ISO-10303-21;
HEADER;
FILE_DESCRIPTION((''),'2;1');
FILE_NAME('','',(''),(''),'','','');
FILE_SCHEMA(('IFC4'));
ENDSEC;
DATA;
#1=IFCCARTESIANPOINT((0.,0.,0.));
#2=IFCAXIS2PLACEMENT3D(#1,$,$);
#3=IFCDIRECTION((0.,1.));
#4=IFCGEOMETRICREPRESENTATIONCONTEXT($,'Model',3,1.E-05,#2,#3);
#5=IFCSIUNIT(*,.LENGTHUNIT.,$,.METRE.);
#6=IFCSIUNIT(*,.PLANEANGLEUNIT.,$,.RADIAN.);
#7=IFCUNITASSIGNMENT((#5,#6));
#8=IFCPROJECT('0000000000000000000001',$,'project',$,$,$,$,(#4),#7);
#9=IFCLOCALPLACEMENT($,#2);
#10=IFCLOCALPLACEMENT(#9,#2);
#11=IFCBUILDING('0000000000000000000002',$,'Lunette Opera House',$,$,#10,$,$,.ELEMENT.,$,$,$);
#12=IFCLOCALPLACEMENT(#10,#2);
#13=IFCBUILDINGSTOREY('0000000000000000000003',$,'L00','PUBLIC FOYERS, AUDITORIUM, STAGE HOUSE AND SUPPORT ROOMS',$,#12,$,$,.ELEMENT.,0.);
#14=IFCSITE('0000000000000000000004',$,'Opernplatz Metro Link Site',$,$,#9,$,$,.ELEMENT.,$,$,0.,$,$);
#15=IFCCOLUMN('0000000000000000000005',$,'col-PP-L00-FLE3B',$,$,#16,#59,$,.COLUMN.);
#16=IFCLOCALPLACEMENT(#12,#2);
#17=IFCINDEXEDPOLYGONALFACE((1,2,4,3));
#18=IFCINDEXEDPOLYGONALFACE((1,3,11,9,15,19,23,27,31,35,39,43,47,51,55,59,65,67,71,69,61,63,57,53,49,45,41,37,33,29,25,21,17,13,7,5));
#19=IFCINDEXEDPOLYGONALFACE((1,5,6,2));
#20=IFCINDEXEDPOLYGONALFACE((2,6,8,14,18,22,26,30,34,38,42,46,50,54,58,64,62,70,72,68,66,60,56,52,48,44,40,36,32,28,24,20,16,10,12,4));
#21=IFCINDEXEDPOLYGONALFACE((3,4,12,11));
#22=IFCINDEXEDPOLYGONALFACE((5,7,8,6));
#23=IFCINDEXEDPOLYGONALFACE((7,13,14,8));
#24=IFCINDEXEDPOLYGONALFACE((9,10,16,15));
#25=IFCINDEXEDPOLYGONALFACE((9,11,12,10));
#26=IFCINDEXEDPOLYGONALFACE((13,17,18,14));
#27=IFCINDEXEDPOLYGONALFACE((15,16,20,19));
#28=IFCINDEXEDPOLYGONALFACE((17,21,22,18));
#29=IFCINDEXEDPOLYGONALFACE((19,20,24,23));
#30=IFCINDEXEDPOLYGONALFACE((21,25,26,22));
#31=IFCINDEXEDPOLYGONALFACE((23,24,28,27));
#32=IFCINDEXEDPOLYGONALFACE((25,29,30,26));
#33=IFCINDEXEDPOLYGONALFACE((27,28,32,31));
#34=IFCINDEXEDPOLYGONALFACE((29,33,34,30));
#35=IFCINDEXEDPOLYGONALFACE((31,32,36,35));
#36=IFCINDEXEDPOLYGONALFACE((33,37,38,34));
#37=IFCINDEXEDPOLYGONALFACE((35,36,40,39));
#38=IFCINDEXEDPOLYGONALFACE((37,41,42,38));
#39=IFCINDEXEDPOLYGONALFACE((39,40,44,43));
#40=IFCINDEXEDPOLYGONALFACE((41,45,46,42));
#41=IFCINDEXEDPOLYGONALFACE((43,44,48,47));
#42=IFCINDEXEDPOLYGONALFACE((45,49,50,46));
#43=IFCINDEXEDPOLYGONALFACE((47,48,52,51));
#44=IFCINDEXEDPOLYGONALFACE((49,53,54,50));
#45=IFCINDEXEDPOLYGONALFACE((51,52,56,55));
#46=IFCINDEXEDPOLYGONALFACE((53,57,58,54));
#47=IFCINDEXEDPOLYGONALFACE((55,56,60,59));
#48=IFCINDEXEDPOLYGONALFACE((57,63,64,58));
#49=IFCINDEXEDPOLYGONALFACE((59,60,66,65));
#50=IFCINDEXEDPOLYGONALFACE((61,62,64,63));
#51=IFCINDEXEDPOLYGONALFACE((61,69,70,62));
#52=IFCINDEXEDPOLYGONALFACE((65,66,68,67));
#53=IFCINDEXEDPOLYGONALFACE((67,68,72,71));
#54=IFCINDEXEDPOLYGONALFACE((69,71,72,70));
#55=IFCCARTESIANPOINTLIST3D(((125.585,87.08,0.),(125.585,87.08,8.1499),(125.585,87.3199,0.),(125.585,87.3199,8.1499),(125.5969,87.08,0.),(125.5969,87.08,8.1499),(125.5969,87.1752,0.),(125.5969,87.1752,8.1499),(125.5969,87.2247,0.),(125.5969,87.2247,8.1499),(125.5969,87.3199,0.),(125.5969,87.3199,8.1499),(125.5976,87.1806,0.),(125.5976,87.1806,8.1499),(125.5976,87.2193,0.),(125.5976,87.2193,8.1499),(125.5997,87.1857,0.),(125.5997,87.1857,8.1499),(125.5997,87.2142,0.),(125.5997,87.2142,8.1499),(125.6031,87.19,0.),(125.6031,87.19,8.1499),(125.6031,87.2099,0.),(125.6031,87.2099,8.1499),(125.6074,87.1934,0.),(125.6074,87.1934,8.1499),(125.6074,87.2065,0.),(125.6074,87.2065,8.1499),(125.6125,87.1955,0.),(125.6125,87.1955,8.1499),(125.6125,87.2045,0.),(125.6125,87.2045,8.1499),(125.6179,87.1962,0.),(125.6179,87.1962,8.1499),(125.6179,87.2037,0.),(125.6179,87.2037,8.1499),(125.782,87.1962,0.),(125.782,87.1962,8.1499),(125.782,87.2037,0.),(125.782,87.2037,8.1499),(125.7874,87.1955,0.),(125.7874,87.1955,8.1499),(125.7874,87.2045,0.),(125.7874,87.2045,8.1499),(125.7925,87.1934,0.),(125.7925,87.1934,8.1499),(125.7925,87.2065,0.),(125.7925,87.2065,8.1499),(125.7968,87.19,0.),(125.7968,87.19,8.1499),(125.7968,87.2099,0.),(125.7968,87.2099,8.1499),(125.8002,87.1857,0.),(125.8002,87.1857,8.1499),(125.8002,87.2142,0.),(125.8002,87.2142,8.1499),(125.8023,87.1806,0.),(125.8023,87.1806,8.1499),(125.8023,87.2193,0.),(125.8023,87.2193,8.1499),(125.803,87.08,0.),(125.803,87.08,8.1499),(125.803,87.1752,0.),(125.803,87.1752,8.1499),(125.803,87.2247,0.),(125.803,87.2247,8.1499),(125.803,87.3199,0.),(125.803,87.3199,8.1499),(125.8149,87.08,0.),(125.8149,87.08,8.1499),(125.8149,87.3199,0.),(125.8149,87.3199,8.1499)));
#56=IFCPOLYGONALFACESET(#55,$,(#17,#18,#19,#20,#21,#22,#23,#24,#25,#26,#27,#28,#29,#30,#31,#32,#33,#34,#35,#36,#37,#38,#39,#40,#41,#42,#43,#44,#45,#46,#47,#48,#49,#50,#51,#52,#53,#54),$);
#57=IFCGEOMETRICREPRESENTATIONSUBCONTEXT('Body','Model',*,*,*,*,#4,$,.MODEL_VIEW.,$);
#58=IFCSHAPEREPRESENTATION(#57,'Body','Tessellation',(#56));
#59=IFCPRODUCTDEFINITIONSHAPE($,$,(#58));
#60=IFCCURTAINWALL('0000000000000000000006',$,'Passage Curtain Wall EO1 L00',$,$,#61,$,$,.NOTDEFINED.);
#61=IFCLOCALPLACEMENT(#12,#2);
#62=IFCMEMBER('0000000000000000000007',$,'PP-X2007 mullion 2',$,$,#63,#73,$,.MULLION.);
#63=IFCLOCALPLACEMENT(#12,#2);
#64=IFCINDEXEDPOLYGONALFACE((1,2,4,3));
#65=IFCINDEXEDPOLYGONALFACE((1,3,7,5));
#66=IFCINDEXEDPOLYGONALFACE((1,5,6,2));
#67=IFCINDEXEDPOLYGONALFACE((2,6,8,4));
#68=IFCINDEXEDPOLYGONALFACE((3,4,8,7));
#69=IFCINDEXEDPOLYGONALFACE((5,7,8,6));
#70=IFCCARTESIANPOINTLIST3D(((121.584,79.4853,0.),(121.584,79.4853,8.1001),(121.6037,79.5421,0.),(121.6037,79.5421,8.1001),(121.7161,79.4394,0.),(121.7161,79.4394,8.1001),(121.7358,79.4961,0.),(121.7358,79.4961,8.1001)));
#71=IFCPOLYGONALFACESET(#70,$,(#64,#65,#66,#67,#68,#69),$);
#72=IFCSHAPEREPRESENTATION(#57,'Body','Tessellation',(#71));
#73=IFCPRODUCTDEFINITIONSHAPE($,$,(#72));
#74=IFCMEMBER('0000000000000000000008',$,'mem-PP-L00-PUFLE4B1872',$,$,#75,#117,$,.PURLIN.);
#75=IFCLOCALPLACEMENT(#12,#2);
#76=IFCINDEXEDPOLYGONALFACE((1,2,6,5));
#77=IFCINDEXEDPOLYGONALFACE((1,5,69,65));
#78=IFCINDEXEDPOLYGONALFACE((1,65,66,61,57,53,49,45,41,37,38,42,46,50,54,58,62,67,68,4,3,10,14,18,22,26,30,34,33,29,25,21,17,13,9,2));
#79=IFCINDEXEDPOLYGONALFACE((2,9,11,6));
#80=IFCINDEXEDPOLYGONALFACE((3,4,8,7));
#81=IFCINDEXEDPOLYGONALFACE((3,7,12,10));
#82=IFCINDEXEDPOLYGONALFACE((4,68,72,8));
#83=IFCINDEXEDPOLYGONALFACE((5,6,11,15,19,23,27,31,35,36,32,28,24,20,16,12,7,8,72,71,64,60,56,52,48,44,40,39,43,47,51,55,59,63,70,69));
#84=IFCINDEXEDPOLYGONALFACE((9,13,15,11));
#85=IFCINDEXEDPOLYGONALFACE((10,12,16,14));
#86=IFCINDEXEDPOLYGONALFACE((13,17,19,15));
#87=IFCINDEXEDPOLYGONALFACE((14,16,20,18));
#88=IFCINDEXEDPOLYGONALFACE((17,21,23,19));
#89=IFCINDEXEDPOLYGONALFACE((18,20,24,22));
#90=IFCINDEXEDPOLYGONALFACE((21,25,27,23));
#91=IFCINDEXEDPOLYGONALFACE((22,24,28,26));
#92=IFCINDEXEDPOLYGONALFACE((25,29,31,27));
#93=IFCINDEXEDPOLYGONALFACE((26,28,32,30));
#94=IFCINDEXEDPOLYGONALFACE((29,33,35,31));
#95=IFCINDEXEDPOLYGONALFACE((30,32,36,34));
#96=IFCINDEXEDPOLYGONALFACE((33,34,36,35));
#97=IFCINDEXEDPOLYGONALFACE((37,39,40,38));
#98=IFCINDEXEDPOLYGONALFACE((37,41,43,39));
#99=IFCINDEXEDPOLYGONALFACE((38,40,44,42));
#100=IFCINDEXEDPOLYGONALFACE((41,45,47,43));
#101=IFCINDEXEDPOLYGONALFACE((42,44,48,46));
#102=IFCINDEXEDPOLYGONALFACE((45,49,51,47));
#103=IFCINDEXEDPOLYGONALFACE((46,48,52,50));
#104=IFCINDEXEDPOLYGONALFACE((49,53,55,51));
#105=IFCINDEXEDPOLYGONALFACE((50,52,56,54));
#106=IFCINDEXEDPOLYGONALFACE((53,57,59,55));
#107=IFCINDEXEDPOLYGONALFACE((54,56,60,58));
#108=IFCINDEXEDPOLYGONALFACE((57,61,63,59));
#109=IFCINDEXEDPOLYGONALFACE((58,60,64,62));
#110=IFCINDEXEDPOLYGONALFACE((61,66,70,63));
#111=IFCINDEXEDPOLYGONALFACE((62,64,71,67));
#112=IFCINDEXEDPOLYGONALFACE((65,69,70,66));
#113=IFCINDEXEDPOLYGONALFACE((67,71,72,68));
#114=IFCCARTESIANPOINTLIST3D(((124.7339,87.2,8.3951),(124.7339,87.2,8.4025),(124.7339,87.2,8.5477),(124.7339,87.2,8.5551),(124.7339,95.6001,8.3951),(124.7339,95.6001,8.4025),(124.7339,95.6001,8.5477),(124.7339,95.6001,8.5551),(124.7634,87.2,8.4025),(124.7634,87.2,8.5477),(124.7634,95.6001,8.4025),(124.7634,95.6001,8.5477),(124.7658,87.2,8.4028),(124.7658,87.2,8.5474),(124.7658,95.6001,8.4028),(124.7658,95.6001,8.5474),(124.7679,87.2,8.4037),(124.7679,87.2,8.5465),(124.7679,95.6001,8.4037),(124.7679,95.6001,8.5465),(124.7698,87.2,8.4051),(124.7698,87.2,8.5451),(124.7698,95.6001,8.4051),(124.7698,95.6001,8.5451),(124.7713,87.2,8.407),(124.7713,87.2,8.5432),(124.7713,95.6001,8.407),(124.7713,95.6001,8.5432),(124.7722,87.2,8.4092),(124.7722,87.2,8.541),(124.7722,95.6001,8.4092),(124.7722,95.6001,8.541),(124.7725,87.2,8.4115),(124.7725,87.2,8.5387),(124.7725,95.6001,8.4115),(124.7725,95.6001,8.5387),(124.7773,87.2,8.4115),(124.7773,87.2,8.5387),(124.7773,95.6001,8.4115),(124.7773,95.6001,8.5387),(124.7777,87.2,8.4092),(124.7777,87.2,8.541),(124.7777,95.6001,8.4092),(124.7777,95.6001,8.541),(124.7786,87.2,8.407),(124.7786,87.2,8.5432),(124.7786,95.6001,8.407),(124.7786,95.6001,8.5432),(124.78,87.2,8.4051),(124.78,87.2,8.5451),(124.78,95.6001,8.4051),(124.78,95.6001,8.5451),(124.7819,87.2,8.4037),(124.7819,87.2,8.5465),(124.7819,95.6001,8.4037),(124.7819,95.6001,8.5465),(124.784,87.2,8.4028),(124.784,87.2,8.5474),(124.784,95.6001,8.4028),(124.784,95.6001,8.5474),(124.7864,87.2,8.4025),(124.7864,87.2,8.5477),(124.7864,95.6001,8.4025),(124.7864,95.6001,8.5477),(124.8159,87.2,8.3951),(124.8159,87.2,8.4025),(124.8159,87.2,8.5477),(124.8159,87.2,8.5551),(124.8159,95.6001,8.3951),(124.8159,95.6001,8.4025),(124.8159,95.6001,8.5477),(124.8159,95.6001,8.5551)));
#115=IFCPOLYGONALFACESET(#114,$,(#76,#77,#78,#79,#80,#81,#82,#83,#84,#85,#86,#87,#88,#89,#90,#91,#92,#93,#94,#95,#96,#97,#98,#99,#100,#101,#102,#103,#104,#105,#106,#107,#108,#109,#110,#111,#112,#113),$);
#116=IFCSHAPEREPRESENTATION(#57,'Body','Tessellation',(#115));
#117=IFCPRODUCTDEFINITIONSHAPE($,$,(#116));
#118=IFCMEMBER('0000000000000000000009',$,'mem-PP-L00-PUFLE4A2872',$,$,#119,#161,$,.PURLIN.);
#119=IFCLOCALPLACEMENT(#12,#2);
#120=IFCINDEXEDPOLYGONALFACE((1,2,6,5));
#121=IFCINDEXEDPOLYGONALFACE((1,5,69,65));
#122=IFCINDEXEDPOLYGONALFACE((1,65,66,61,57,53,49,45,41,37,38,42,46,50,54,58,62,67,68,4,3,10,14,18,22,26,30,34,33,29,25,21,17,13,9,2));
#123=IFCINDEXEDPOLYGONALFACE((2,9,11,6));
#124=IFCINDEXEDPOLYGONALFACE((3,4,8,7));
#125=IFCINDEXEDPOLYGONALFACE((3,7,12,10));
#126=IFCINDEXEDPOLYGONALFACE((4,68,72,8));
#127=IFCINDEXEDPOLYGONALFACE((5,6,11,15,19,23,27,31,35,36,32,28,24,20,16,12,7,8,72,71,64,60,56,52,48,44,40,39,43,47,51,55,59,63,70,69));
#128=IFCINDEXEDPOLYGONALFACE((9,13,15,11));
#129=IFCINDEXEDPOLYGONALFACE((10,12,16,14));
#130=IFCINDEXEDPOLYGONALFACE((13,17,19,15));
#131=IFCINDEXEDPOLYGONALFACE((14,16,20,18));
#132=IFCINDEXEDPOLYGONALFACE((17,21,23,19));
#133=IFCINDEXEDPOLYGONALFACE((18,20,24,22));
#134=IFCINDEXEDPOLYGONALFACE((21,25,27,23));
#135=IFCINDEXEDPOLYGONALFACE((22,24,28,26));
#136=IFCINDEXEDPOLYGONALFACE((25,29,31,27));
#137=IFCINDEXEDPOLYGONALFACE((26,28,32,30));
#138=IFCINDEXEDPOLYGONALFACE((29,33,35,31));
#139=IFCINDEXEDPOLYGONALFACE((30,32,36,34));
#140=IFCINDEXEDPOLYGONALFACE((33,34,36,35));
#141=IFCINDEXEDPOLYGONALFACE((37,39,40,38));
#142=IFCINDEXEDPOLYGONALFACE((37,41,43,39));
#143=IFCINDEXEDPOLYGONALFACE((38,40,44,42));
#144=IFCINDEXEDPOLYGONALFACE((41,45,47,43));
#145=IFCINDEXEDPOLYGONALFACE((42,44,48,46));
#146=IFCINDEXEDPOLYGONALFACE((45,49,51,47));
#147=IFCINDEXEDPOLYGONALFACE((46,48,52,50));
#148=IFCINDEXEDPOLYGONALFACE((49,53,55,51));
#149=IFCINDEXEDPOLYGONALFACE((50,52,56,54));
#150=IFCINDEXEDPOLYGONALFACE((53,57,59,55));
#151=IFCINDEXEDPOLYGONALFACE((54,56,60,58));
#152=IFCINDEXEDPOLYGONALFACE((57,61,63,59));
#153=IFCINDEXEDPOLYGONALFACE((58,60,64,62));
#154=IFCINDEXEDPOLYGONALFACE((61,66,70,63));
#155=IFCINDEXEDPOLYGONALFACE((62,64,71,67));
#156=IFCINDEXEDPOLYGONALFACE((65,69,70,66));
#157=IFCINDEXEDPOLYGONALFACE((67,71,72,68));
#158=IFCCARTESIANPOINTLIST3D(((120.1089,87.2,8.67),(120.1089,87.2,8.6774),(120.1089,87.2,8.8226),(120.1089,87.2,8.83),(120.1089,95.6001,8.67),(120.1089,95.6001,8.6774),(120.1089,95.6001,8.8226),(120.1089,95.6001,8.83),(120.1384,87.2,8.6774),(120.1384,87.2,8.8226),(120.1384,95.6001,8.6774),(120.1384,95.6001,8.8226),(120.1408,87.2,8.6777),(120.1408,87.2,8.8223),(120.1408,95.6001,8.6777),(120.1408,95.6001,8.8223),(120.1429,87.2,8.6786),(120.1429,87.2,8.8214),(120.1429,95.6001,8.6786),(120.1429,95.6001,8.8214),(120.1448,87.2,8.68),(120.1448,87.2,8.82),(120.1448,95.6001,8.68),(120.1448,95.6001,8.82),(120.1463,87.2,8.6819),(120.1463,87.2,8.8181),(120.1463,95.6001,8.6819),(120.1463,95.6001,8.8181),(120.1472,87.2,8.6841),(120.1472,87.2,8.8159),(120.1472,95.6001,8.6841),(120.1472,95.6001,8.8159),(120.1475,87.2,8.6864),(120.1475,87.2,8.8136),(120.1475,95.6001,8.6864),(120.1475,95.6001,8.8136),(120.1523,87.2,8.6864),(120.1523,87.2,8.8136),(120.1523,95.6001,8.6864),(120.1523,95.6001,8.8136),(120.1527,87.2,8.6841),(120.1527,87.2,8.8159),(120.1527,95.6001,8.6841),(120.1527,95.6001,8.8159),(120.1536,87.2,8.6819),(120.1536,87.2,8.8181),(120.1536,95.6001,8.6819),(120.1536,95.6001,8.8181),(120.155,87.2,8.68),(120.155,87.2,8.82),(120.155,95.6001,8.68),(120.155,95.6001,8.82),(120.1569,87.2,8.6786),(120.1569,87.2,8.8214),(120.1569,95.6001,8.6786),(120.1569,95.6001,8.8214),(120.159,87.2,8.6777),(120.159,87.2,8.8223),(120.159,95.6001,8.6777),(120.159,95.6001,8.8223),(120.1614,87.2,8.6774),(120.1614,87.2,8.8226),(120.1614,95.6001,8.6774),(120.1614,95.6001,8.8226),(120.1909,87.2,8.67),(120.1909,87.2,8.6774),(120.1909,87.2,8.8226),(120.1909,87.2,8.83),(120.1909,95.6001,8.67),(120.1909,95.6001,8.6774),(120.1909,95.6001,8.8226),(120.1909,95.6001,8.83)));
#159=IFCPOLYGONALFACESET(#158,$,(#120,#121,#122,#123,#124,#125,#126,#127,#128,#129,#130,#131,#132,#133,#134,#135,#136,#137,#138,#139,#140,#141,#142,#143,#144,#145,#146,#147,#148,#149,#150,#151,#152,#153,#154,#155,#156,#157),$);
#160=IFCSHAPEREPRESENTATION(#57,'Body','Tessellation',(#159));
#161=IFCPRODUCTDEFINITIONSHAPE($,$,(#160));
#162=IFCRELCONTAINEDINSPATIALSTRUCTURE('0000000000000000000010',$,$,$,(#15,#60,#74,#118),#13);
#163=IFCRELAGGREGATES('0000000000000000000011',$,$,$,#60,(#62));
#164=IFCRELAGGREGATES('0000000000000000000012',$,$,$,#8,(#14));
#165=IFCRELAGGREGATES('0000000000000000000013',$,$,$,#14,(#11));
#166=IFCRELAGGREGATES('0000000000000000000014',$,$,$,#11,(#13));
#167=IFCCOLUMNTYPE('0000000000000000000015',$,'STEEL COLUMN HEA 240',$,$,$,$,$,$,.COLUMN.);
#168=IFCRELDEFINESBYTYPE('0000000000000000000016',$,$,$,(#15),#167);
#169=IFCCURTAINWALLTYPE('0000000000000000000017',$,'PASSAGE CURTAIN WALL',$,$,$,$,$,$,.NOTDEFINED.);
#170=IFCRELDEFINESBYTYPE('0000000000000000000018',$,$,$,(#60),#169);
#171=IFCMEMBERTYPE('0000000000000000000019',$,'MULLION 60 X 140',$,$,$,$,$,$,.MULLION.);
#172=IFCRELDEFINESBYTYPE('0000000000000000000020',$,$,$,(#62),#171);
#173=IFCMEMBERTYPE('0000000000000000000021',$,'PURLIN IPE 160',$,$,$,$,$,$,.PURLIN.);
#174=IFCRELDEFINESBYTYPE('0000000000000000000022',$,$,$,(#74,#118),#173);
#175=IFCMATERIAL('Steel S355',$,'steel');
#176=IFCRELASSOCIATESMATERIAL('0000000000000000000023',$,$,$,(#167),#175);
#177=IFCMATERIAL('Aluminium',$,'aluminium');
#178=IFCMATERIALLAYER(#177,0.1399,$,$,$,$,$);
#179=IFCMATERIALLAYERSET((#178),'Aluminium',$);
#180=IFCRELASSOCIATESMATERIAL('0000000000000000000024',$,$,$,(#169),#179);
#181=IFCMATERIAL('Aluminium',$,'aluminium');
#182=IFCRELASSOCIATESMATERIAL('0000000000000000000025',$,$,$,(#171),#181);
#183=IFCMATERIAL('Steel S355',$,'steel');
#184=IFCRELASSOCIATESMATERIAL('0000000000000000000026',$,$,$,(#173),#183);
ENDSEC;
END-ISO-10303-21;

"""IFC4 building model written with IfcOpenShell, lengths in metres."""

from ifc_helpers import new_model, si_unit, direction, frame, origin, origin_2d, place, context, subcontext, project, spatial, rectangle, i_section, extrude, material, layer, layer_set, material_profile, profile_set, type_object, element, aggregate, save


model = new_model("IFC4")

# Units and contexts
model_context = context("Model", 3, precision=1e-05, world=origin(), true_north=direction((0.0, 1.0)))
body_context = subcontext(model_context, "Body", "Model", "MODEL_VIEW")
ifc_project = project(units=[si_unit("LENGTHUNIT", "METRE"), si_unit("PLANEANGLEUNIT", "RADIAN")], contexts=[model_context])

# Site, building, storey
site_placement = place(None, origin())
site = spatial("IfcSite", under=ifc_project, at=site_placement, Name="Opernplatz Metro Link Site", CompositionType="ELEMENT", RefElevation=0.0)
building_placement = place(site_placement, origin())
building = spatial("IfcBuilding", under=site, at=building_placement, Name="Lunette Opera House", CompositionType="ELEMENT")
storey_placement = place(building_placement, origin())
storey = spatial("IfcBuildingStorey", under=building, at=storey_placement, Name="L00", Description="PUBLIC FOYERS, AUDITORIUM, STAGE HOUSE AND SUPPORT ROOMS", CompositionType="ELEMENT", Elevation=0.0)

# Column
ifc_material_1 = material(Name="Steel S355", Category="steel")
ifc_material_profile_1 = material_profile(ifc_material_1, i_section(OverallWidth=0.24, OverallDepth=0.23, WebThickness=0.0076, FlangeThickness=0.012, FilletRadius=0.021, at=origin_2d()), Name="HEA 240")
ifc_profile_set_1 = profile_set([ifc_material_profile_1], Name="Steel S355")
column_type = type_object("IfcColumnType", Name="STEEL COLUMN HEA 240", PredefinedType="COLUMN", material=ifc_profile_set_1)
column_placement = place(storey_placement, frame((125.7, 87.2, 0.0), z_axis=(0.0, 0.0, 1.0), x_axis=(0.0, 1.0, 0.0)))
element("IfcColumn", 1, at=column_placement, inside=storey, type_object=column_type, Name="col-PP-L00-FLE3B", PredefinedType="COLUMN", context=body_context, shape_type="SweptSolid", body=[
    extrude(i_section(OverallWidth=0.24, OverallDepth=0.23, WebThickness=0.0076, FlangeThickness=0.012, FilletRadius=0.021, at=origin_2d()), origin(), (0.0, 0.0, 1.0), 8.1499),
])

# Curtain wall, member
ifc_material_2 = material(Name="Aluminium", Category="aluminium")
ifc_layer_1 = layer(ifc_material_2, 0.1399)
ifc_layer_set_1 = layer_set([ifc_layer_1], Name="Aluminium")
curtain_wall_type = type_object("IfcCurtainWallType", Name="PASSAGE CURTAIN WALL", PredefinedType="NOTDEFINED", material=ifc_layer_set_1)
curtain_wall_placement = place(storey_placement, origin())
curtain_wall = element("IfcCurtainWall", 2, at=curtain_wall_placement, inside=storey, type_object=curtain_wall_type, Name="Passage Curtain Wall EO1 L00", PredefinedType="NOTDEFINED")
ifc_material_3 = material(Name="Aluminium", Category="aluminium")
ifc_material_profile_2 = material_profile(ifc_material_3, rectangle(XDim=0.0601, YDim=0.1399, at=origin_2d()), Name="MULLION 60 X 140")
ifc_profile_set_2 = profile_set([ifc_material_profile_2], Name="Aluminium")
member_type_1 = type_object("IfcMemberType", Name="MULLION 60 X 140", PredefinedType="MULLION", material=ifc_profile_set_2)
member_1_placement = place(storey_placement, frame((121.6599, 79.4907, 0.0), z_axis=(0.0, 0.0, 1.0), x_axis=(0.328619, 0.944463, 0.0)))
member_1 = element("IfcMember", 3, at=member_1_placement, type_object=member_type_1, Name="PP-X2007 mullion 2", PredefinedType="MULLION", context=body_context, shape_type="SweptSolid", body=[
    extrude(rectangle(XDim=0.0601, YDim=0.1399, at=origin_2d()), origin(), (0.0, 0.0, 1.0), 8.1001),
])

# Members
ifc_material_4 = material(Name="Steel S355", Category="steel")
ifc_material_profile_3 = material_profile(ifc_material_4, i_section(OverallWidth=0.082, OverallDepth=0.1599, WebThickness=0.0049, FlangeThickness=0.0073, FilletRadius=0.009, at=origin_2d()), Name="IPE 160")
ifc_profile_set_3 = profile_set([ifc_material_profile_3], Name="Steel S355")
member_type_2 = type_object("IfcMemberType", Name="PURLIN IPE 160", PredefinedType="PURLIN", material=ifc_profile_set_3)
for number, where, z_axis, x_axis, name in (
    (4, (124.7749, 87.2, 8.4751), (0.0, 1.0, 0.0), (-1.0, 0.0, 0.0), "mem-PP-L00-PUFLE4B1872"),
    (5, (120.1499, 87.2, 8.75), (0.0, 1.0, 0.0), (-1.0, 0.0, 0.0), "mem-PP-L00-PUFLE4A2872"),
):
    element("IfcMember", number, at=place(storey_placement, frame(where, z_axis=z_axis, x_axis=x_axis)), inside=storey, type_object=member_type_2, Name=name, PredefinedType="PURLIN", context=body_context, shape_type="SweptSolid", body=[
        extrude(i_section(OverallWidth=0.082, OverallDepth=0.1599, WebThickness=0.0049, FlangeThickness=0.0073, FilletRadius=0.009, at=origin_2d()), origin(), (0.0, 0.0, 1.0), 8.4001),
    ])

aggregate(curtain_wall, [member_1])

save(model, "model.ifc")
